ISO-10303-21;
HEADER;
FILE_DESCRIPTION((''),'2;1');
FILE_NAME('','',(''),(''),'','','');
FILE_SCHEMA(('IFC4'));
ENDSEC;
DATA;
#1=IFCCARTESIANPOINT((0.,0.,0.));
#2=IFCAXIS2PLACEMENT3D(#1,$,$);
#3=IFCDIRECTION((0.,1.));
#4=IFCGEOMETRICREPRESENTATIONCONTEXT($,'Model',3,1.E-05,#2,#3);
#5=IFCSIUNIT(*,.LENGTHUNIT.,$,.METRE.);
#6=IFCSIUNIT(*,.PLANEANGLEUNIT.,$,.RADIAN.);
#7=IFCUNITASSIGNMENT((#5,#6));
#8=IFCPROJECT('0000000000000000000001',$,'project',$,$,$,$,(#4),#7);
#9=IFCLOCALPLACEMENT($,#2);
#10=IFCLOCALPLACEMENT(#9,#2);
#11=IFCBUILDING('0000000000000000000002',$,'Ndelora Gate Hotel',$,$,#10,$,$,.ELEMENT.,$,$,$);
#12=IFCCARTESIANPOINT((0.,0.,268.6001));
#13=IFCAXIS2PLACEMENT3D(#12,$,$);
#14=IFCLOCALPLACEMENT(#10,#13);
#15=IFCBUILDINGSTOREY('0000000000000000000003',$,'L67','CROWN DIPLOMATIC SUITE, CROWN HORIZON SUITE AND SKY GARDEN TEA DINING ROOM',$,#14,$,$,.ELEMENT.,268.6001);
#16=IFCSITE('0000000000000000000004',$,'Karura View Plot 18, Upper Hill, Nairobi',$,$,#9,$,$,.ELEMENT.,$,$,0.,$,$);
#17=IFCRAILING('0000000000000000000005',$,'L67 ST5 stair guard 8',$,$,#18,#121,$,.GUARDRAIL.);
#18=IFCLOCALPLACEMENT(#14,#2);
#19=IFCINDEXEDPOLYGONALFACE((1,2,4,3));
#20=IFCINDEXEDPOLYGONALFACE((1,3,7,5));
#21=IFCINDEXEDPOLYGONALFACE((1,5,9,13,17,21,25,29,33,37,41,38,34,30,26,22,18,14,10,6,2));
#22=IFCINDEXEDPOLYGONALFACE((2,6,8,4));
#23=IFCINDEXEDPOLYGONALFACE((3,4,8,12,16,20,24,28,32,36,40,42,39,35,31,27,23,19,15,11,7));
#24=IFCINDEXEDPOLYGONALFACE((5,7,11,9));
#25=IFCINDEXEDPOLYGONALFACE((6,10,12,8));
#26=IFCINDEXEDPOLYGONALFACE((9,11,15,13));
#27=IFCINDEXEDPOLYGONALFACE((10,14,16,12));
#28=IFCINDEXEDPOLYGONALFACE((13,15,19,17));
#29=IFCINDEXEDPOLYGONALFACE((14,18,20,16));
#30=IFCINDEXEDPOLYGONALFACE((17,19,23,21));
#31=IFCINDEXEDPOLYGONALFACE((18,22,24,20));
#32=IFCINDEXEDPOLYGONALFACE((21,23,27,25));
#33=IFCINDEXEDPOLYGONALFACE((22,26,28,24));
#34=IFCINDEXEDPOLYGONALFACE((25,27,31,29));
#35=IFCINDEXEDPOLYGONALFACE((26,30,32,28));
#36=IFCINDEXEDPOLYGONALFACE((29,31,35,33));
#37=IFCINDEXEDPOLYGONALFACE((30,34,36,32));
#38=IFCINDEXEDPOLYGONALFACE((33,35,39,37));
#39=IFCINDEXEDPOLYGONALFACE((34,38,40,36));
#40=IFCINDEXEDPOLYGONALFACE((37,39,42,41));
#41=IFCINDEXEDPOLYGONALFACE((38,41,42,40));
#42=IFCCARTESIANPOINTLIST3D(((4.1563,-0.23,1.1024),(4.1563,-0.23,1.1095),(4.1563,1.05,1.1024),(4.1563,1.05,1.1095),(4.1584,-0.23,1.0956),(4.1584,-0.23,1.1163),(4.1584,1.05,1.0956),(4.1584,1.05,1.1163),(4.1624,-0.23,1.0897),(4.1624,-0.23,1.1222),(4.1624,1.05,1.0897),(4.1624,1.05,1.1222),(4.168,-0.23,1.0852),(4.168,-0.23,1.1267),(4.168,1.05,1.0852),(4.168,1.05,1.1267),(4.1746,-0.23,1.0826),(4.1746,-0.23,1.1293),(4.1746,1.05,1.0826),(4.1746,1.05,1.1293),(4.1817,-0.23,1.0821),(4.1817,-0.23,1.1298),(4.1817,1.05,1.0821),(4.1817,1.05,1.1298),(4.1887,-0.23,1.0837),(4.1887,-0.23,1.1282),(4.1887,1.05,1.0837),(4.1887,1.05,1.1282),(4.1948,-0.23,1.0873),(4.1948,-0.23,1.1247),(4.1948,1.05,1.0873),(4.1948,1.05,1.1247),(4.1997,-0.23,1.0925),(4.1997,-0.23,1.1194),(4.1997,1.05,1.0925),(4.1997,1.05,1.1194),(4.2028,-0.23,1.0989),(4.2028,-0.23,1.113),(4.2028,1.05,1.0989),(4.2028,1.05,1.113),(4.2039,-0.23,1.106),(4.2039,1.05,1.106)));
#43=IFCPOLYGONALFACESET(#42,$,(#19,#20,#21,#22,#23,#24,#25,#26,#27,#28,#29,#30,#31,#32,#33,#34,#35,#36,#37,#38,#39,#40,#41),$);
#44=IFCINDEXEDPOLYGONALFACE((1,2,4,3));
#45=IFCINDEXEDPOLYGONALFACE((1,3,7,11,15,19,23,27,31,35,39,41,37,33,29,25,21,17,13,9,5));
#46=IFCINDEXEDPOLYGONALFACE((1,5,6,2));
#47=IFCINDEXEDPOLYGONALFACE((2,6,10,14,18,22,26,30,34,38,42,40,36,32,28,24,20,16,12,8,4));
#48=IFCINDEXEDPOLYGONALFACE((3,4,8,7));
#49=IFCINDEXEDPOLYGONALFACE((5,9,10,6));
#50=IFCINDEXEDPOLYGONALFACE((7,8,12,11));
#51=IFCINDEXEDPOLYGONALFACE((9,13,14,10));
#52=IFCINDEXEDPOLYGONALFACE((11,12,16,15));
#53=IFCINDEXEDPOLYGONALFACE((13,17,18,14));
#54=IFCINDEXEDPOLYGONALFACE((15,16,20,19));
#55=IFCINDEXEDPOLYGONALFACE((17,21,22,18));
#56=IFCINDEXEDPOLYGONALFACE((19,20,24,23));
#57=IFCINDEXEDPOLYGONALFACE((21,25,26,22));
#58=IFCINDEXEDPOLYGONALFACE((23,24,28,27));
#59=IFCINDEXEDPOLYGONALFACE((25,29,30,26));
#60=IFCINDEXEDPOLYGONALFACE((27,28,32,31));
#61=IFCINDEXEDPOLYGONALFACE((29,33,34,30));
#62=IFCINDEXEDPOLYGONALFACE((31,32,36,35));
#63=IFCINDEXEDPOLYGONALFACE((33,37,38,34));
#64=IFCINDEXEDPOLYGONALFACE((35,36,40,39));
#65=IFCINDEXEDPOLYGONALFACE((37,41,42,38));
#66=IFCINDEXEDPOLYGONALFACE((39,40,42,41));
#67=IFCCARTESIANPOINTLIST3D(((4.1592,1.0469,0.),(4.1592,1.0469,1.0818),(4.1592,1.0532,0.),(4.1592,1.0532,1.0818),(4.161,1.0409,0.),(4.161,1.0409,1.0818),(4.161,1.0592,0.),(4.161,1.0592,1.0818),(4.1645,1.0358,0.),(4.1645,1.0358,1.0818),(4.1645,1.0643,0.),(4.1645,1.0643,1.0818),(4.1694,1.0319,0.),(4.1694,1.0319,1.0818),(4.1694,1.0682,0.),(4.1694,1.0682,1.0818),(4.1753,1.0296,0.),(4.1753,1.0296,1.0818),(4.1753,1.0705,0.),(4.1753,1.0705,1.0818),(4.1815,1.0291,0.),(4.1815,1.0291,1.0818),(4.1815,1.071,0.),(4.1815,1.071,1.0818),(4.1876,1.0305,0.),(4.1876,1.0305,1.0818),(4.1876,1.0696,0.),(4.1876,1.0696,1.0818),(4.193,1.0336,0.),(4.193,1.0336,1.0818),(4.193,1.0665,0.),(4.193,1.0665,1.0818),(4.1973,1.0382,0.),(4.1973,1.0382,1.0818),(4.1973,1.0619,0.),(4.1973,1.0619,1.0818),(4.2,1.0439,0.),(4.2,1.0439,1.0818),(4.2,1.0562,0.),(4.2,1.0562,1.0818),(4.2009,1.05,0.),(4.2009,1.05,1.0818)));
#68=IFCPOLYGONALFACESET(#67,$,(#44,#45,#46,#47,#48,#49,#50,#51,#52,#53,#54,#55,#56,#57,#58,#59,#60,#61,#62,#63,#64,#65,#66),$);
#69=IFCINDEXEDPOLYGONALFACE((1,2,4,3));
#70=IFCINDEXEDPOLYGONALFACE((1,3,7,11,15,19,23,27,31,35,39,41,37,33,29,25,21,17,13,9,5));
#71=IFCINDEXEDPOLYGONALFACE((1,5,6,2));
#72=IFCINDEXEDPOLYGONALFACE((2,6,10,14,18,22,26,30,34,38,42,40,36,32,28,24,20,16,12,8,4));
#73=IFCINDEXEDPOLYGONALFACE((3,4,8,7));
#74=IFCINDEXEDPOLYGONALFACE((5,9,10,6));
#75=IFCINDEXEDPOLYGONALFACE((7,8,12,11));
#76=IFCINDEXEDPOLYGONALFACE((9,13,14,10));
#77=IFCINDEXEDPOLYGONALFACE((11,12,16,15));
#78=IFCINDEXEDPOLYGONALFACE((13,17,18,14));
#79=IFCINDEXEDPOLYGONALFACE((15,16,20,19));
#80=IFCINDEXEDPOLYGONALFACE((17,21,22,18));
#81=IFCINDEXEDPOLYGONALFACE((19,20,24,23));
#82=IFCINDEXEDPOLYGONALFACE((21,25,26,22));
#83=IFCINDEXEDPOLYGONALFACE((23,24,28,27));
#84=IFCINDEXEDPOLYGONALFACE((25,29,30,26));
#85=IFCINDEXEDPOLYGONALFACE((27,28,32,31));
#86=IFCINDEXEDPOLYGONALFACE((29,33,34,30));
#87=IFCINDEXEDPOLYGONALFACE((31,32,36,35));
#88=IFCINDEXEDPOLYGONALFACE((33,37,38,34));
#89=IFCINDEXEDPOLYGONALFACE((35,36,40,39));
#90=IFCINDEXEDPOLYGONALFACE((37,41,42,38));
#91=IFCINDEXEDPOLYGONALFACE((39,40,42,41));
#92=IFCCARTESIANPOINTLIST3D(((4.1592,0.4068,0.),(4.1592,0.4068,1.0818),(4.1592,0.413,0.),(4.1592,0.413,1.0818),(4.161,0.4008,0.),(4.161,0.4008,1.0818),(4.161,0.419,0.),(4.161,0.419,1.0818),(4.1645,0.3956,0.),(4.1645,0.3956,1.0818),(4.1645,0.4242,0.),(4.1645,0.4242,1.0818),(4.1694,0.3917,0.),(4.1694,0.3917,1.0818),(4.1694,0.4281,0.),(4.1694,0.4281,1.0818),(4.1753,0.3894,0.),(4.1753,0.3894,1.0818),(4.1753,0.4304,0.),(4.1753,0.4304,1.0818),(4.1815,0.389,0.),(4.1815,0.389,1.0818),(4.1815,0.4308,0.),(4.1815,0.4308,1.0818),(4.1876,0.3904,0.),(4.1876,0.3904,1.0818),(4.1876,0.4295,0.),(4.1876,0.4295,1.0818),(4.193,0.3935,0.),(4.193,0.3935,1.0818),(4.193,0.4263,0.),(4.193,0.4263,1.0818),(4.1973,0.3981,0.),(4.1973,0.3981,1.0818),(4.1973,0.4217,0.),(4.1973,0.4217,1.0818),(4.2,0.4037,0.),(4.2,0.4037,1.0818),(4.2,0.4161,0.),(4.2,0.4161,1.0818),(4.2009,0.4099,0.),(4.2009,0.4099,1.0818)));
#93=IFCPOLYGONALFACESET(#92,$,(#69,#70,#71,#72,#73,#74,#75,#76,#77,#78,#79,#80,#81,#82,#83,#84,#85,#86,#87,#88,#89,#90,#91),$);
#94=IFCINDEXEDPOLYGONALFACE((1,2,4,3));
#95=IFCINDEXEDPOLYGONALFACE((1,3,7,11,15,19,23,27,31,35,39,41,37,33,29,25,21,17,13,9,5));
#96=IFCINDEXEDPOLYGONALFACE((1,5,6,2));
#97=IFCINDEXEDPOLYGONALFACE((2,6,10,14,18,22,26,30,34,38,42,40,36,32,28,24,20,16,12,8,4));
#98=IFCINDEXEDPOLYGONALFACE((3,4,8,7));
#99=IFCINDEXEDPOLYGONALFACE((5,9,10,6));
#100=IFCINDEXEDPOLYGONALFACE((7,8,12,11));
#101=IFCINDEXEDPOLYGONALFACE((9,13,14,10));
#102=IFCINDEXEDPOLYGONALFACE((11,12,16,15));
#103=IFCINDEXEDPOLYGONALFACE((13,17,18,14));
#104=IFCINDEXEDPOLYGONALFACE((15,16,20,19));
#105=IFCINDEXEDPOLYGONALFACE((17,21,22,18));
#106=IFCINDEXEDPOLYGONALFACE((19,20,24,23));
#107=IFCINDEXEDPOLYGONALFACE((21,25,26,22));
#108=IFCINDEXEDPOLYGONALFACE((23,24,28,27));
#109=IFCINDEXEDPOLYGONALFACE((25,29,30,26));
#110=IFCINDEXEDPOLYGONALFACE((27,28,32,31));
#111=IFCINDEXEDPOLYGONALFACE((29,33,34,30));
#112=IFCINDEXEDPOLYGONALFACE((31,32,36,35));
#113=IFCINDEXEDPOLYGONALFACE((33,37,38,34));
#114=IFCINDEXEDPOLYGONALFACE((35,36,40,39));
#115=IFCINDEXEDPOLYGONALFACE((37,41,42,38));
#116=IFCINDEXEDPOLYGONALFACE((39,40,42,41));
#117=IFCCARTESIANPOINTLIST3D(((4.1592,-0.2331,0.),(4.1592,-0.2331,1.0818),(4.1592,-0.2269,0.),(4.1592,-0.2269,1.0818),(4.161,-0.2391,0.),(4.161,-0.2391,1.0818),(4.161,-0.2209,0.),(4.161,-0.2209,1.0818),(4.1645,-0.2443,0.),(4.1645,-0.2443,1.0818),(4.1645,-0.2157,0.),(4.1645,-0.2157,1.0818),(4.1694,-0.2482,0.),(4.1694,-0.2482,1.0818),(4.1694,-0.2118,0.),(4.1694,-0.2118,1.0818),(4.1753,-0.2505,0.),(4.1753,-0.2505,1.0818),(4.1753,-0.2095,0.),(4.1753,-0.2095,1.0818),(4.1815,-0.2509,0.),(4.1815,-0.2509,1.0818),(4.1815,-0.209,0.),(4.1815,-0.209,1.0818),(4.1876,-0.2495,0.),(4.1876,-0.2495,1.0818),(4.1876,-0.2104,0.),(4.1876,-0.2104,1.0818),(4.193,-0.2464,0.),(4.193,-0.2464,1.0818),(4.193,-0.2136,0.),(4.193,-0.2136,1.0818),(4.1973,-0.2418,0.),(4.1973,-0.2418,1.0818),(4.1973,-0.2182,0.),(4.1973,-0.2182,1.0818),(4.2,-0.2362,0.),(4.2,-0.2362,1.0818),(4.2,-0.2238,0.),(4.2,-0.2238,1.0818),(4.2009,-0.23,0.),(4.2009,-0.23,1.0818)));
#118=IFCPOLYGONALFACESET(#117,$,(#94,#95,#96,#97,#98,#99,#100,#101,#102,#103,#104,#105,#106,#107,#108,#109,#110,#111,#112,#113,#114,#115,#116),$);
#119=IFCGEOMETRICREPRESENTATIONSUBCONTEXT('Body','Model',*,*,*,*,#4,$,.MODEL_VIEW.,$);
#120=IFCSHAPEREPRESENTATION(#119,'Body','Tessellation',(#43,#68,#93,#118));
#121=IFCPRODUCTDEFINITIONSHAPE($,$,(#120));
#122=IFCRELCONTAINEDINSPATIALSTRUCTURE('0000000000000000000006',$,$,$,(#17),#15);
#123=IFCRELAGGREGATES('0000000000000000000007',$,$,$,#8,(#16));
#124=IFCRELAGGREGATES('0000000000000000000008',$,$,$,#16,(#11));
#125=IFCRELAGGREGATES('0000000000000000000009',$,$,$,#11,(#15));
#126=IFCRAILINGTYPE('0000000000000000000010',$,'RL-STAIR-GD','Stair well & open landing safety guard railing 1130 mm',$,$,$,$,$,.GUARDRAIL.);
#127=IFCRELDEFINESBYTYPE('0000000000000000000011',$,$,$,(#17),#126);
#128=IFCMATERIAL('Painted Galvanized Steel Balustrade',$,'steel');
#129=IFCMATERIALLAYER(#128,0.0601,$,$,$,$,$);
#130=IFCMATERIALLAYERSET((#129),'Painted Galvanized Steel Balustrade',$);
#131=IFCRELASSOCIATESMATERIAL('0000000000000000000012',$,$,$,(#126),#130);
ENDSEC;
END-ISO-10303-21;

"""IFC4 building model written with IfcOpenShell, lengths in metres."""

from ifc_helpers import new_model, si_unit, direction, frame, origin, origin_2d, place, context, subcontext, project, spatial, circle, extrude, material, layer, layer_set, type_object, element, save


model = new_model("IFC4")

# Units and contexts
model_context = context("Model", 3, precision=1e-05, world=origin(), true_north=direction((0.0, 1.0)))
body_context = subcontext(model_context, "Body", "Model", "MODEL_VIEW")
ifc_project = project(units=[si_unit("LENGTHUNIT", "METRE"), si_unit("PLANEANGLEUNIT", "RADIAN")], contexts=[model_context])

# Site, building, storey
site_placement = place(None, origin())
site = spatial("IfcSite", under=ifc_project, at=site_placement, Name="Karura View Plot 18, Upper Hill, Nairobi", CompositionType="ELEMENT", RefElevation=0.0)
building_placement = place(site_placement, origin())
building = spatial("IfcBuilding", under=site, at=building_placement, Name="Ndelora Gate Hotel", CompositionType="ELEMENT")
storey_placement = place(building_placement, frame((0.0, 0.0, 268.6001)))
storey = spatial("IfcBuildingStorey", under=building, at=storey_placement, Name="L67", Description="CROWN DIPLOMATIC SUITE, CROWN HORIZON SUITE AND SKY GARDEN TEA DINING ROOM", CompositionType="ELEMENT", Elevation=268.6001)

# Railing
ifc_material_1 = material(Name="Painted Galvanized Steel Balustrade", Category="steel")
ifc_layer_1 = layer(ifc_material_1, 0.0601)
ifc_layer_set_1 = layer_set([ifc_layer_1], Name="Painted Galvanized Steel Balustrade")
railing_type = type_object("IfcRailingType", Name="RL-STAIR-GD", Description="Stair well & open landing safety guard railing 1130 mm", PredefinedType="GUARDRAIL", material=ifc_layer_set_1)
railing_1_placement = place(storey_placement, frame((4.1799, 1.05, 0.0)))
element("IfcRailing", 1, at=railing_1_placement, inside=storey, type_object=railing_type, Name="L67 ST5 stair guard 8", PredefinedType="GUARDRAIL", context=body_context, shape_type="SweptSolid", body=[
    extrude(circle(Radius=0.0239, at=origin_2d()), frame((0.0, 0.0, 1.106), z_axis=(0.0, -1.0, 0.0), x_axis=(1.0, 0.0, 0.0)), (0.0, 0.0, 1.0), 1.28),
    extrude(circle(Radius=0.021, at=origin_2d()), origin(), (0.0, 0.0, 1.0), 1.0818),
    extrude(circle(Radius=0.021, at=origin_2d()), frame((0.0, -0.6401, 0.0)), (0.0, 0.0, 1.0), 1.0818),
    extrude(circle(Radius=0.021, at=origin_2d()), frame((0.0, -1.28, 0.0)), (0.0, 0.0, 1.0), 1.0818),
])

save(model, "model.ifc")
